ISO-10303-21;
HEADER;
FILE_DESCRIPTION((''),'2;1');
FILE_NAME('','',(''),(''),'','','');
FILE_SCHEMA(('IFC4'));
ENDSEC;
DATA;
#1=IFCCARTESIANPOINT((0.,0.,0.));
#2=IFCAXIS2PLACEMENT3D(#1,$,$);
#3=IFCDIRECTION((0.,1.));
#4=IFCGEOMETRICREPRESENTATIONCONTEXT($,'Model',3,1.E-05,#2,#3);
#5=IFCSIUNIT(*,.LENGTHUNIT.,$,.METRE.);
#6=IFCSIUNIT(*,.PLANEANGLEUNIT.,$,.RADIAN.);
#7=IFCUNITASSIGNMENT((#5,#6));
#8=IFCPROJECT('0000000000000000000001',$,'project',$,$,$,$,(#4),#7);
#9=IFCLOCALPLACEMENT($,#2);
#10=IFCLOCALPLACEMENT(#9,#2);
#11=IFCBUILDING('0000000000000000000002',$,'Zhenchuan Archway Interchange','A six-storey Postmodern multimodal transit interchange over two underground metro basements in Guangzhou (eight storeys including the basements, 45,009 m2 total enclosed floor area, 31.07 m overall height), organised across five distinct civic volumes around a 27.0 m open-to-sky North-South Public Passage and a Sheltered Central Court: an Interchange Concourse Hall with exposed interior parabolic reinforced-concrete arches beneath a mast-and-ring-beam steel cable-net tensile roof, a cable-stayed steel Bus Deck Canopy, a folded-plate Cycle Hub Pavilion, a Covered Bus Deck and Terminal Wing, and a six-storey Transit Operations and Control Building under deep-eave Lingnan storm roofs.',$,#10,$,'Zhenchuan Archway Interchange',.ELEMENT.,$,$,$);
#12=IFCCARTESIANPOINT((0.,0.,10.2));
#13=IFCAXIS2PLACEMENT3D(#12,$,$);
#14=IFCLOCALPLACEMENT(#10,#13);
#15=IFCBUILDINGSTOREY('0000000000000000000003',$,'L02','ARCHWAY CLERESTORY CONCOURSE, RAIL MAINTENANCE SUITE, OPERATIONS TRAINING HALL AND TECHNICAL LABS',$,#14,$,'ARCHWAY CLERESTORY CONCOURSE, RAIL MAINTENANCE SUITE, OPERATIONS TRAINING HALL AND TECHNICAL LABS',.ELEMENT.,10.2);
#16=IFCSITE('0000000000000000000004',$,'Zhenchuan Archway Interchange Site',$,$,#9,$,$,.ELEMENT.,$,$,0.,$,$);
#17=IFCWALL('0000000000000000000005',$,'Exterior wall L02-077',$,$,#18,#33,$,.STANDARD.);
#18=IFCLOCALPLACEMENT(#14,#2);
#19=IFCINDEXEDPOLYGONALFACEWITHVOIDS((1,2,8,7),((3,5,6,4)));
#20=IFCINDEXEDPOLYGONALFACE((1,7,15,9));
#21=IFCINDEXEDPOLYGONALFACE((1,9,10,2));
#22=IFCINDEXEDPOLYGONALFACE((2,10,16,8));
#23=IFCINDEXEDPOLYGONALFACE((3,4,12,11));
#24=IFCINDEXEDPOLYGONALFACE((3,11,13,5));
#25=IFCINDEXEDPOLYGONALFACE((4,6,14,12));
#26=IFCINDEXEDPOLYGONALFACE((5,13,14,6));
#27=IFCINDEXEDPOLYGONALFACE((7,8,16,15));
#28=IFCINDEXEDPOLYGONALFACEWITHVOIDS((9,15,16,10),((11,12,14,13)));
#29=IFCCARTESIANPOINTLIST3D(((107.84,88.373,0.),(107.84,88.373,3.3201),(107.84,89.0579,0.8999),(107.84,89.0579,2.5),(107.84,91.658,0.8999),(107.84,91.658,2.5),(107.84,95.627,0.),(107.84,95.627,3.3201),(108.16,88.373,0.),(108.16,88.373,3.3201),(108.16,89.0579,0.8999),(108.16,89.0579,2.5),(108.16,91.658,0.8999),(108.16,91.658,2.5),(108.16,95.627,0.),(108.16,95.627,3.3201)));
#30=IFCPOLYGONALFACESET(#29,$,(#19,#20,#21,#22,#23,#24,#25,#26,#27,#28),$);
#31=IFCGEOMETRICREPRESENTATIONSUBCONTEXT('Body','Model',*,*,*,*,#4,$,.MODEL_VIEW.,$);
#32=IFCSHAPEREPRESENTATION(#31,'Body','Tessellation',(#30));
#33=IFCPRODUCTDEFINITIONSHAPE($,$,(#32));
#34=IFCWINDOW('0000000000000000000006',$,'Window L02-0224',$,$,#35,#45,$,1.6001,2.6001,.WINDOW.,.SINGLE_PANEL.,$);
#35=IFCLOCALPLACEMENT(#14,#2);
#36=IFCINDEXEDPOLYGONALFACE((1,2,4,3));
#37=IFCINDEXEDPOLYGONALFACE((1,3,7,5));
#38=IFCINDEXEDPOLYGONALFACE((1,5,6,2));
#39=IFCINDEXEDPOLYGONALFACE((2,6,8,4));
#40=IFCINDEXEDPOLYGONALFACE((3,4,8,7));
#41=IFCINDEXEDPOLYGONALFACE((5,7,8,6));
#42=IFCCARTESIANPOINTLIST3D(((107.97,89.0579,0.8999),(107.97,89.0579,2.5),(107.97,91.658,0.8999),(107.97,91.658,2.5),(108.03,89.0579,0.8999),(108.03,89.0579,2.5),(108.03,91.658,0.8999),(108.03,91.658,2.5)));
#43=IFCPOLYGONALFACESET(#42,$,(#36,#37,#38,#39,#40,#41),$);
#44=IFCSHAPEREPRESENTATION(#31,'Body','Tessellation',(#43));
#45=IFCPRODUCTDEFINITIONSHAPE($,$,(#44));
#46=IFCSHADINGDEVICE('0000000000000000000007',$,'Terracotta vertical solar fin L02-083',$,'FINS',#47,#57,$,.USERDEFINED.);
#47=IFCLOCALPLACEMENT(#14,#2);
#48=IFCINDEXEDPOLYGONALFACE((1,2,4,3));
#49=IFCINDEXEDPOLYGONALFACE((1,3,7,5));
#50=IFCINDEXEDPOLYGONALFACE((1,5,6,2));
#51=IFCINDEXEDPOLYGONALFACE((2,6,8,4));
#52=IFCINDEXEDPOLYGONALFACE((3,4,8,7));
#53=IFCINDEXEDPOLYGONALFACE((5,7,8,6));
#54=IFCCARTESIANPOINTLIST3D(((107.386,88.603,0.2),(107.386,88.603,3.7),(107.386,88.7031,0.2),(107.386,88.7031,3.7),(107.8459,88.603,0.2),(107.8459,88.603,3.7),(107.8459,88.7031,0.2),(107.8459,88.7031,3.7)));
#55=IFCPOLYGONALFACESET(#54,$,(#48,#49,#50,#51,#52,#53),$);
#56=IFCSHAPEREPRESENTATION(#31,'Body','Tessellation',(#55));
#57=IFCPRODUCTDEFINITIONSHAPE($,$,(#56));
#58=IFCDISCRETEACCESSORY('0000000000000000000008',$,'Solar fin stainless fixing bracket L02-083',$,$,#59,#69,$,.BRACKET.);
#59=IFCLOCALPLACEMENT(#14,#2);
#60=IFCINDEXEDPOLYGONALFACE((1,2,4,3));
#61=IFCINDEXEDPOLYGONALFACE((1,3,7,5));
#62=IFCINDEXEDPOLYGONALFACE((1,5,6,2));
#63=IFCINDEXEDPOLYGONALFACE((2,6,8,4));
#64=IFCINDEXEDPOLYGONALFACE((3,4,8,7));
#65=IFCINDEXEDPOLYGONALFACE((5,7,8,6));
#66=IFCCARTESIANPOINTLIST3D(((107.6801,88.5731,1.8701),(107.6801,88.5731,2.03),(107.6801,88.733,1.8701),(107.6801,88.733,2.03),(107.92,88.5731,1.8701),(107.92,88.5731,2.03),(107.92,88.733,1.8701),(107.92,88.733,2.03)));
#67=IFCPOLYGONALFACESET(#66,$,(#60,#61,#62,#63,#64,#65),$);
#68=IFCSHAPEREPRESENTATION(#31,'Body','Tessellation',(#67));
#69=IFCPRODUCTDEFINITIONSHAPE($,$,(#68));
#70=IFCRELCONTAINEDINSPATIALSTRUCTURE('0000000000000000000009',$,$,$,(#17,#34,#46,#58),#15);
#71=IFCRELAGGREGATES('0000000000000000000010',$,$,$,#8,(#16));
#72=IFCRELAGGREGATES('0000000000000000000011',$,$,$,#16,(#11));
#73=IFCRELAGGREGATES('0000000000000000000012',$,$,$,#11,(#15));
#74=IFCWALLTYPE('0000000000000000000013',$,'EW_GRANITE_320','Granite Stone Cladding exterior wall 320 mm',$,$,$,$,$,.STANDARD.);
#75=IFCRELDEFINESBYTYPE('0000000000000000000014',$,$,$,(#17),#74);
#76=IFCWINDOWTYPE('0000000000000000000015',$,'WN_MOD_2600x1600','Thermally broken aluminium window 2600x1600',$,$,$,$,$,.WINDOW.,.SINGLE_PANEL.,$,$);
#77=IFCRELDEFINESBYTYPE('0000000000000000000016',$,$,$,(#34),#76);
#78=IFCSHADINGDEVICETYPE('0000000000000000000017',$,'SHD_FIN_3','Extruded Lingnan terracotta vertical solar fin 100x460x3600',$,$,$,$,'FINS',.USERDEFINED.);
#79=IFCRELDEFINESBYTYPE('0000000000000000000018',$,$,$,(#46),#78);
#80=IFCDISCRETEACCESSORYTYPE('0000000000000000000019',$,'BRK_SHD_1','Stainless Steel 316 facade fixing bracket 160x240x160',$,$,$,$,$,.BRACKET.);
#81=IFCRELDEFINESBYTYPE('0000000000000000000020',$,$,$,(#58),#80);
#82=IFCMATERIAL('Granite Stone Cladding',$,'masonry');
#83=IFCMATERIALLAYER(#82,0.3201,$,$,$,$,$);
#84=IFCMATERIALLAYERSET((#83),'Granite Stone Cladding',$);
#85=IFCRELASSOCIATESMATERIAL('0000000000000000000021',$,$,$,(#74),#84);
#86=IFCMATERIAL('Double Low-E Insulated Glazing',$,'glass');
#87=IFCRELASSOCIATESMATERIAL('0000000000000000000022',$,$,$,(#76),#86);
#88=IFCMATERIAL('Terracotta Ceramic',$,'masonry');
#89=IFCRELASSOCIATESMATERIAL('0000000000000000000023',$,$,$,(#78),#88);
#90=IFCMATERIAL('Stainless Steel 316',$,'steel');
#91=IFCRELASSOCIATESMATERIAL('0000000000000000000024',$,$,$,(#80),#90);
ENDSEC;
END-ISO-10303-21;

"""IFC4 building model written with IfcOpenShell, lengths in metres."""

from ifc_helpers import new_model, si_unit, direction, frame, frame_2d, origin, origin_2d, place, context, subcontext, project, spatial, rectangle, extrude, material, layer, layer_set, type_object, element, fill, save


model = new_model("IFC4")

# Units and contexts
model_context = context("Model", 3, precision=1e-05, world=origin(), true_north=direction((0.0, 1.0)))
body_context = subcontext(model_context, "Body", "Model", "MODEL_VIEW")
ifc_project = project(units=[si_unit("LENGTHUNIT", "METRE"), si_unit("PLANEANGLEUNIT", "RADIAN")], contexts=[model_context])

# Site, building, storey
site_placement = place(None, origin())
site = spatial("IfcSite", under=ifc_project, at=site_placement, Name="Zhenchuan Archway Interchange Site", CompositionType="ELEMENT", RefElevation=0.0)
building_placement = place(site_placement, origin())
building = spatial("IfcBuilding", under=site, at=building_placement, Name="Zhenchuan Archway Interchange", Description="A six-storey Postmodern multimodal transit interchange over two underground metro basements in Guangzhou (eight storeys including the basements, 45,009 m2 total enclosed floor area, 31.07 m overall height), organised across five distinct civic volumes around a 27.0 m open-to-sky North-South Public Passage and a Sheltered Central Court: an Interchange Concourse Hall with exposed interior parabolic reinforced-concrete arches beneath a mast-and-ring-beam steel cable-net tensile roof, a cable-stayed steel Bus Deck Canopy, a folded-plate Cycle Hub Pavilion, a Covered Bus Deck and Terminal Wing, and a six-storey Transit Operations and Control Building under deep-eave Lingnan storm roofs.", LongName="Zhenchuan Archway Interchange", CompositionType="ELEMENT")
storey_placement = place(building_placement, frame((0.0, 0.0, 10.2)))
storey = spatial("IfcBuildingStorey", under=building, at=storey_placement, Name="L02", Description="ARCHWAY CLERESTORY CONCOURSE, RAIL MAINTENANCE SUITE, OPERATIONS TRAINING HALL AND TECHNICAL LABS", LongName="ARCHWAY CLERESTORY CONCOURSE, RAIL MAINTENANCE SUITE, OPERATIONS TRAINING HALL AND TECHNICAL LABS", CompositionType="ELEMENT", Elevation=10.2)

# Shared definitions
ifc_material_1 = material(Name="Double Low-E Insulated Glazing", Category="glass")

# Wall, opening, window
ifc_material_2 = material(Name="Granite Stone Cladding", Category="masonry")
ifc_layer_1 = layer(ifc_material_2, 0.3201)
ifc_layer_set_1 = layer_set([ifc_layer_1], Name="Granite Stone Cladding")
wall_type = type_object("IfcWallType", Name="EW_GRANITE_320", Description="Granite Stone Cladding exterior wall 320 mm", PredefinedType="STANDARD", material=ifc_layer_set_1)
wall_placement = place(storey_placement, frame((108.0, 88.373, 0.0), z_axis=(0.0, 0.0, 1.0), x_axis=(0.0, 1.0, 0.0)))
wall = element("IfcWall", 1, at=wall_placement, inside=storey, type_object=wall_type, Name="Exterior wall L02-077", PredefinedType="STANDARD", context=body_context, shape_type="SweptSolid", body=[
    extrude(rectangle(XDim=7.2539, YDim=0.3201, at=frame_2d((3.627, 0.0))), origin(), (0.0, 0.0, 1.0), 3.3201),
])
opening_placement = place(wall_placement, frame((0.6848, 0.0, 0.8999)))
opening = element("IfcOpeningElement", 2, at=opening_placement, cuts=wall, PredefinedType="OPENING", context=body_context, shape_type="SweptSolid", body=[
    extrude(rectangle(XDim=2.6001, YDim=1.6001, at=frame_2d((1.3, 0.8))), frame((0.0, 0.1719, 0.0), z_axis=(0.0, -1.0, 0.0), x_axis=(1.0, 0.0, 0.0)), (0.0, 0.0, 1.0), 0.344),
])
window_type = type_object("IfcWindowType", Name="WN_MOD_2600x1600", Description="Thermally broken aluminium window 2600x1600", PartitioningType="SINGLE_PANEL", PredefinedType="WINDOW", material=ifc_material_1)
window_placement = place(opening_placement, origin())
window = element("IfcWindow", 3, at=window_placement, inside=storey, type_object=window_type, Name="Window L02-0224", OverallHeight=1.6001, OverallWidth=2.6001, PartitioningType="SINGLE_PANEL", PredefinedType="WINDOW", context=body_context, shape_type="SweptSolid", body=[
    extrude(rectangle(XDim=2.6001, YDim=1.6001, at=frame_2d((1.3, 0.8))), frame((0.0, 0.03, 0.0), z_axis=(0.0, -1.0, 0.0), x_axis=(1.0, 0.0, 0.0)), (0.0, 0.0, 1.0), 0.0601),
])
fill(opening, window)

# Shading device
ifc_material_3 = material(Name="Terracotta Ceramic", Category="masonry")
shading_device_type = type_object("IfcShadingDeviceType", Name="SHD_FIN_3", Description="Extruded Lingnan terracotta vertical solar fin 100x460x3600", ElementType="FINS", PredefinedType="USERDEFINED", material=ifc_material_3)
shading_device_placement = place(storey_placement, frame((107.616, 88.6531, 0.2), z_axis=(0.0, 0.0, 1.0), x_axis=(0.0, 1.0, 0.0)))
element("IfcShadingDevice", 4, at=shading_device_placement, inside=storey, type_object=shading_device_type, Name="Terracotta vertical solar fin L02-083", ObjectType="FINS", PredefinedType="USERDEFINED", context=body_context, shape_type="SweptSolid", body=[
    extrude(rectangle(XDim=0.1001, YDim=0.46, at=origin_2d()), origin(), (0.0, 0.0, 1.0), 3.5),
])

# Discrete accessory
ifc_material_4 = material(Name="Stainless Steel 316", Category="steel")
discrete_accessory_type = type_object("IfcDiscreteAccessoryType", Name="BRK_SHD_1", Description="Stainless Steel 316 facade fixing bracket 160x240x160", PredefinedType="BRACKET", material=ifc_material_4)
discrete_accessory_placement = place(storey_placement, frame((107.8, 88.6531, 1.8701), z_axis=(0.0, 0.0, 1.0), x_axis=(0.0, 1.0, 0.0)))
element("IfcDiscreteAccessory", 5, at=discrete_accessory_placement, inside=storey, type_object=discrete_accessory_type, Name="Solar fin stainless fixing bracket L02-083", PredefinedType="BRACKET", context=body_context, shape_type="SweptSolid", body=[
    extrude(rectangle(XDim=0.1599, YDim=0.24, at=origin_2d()), origin(), (0.0, 0.0, 1.0), 0.1599),
])

save(model, "model.ifc")
